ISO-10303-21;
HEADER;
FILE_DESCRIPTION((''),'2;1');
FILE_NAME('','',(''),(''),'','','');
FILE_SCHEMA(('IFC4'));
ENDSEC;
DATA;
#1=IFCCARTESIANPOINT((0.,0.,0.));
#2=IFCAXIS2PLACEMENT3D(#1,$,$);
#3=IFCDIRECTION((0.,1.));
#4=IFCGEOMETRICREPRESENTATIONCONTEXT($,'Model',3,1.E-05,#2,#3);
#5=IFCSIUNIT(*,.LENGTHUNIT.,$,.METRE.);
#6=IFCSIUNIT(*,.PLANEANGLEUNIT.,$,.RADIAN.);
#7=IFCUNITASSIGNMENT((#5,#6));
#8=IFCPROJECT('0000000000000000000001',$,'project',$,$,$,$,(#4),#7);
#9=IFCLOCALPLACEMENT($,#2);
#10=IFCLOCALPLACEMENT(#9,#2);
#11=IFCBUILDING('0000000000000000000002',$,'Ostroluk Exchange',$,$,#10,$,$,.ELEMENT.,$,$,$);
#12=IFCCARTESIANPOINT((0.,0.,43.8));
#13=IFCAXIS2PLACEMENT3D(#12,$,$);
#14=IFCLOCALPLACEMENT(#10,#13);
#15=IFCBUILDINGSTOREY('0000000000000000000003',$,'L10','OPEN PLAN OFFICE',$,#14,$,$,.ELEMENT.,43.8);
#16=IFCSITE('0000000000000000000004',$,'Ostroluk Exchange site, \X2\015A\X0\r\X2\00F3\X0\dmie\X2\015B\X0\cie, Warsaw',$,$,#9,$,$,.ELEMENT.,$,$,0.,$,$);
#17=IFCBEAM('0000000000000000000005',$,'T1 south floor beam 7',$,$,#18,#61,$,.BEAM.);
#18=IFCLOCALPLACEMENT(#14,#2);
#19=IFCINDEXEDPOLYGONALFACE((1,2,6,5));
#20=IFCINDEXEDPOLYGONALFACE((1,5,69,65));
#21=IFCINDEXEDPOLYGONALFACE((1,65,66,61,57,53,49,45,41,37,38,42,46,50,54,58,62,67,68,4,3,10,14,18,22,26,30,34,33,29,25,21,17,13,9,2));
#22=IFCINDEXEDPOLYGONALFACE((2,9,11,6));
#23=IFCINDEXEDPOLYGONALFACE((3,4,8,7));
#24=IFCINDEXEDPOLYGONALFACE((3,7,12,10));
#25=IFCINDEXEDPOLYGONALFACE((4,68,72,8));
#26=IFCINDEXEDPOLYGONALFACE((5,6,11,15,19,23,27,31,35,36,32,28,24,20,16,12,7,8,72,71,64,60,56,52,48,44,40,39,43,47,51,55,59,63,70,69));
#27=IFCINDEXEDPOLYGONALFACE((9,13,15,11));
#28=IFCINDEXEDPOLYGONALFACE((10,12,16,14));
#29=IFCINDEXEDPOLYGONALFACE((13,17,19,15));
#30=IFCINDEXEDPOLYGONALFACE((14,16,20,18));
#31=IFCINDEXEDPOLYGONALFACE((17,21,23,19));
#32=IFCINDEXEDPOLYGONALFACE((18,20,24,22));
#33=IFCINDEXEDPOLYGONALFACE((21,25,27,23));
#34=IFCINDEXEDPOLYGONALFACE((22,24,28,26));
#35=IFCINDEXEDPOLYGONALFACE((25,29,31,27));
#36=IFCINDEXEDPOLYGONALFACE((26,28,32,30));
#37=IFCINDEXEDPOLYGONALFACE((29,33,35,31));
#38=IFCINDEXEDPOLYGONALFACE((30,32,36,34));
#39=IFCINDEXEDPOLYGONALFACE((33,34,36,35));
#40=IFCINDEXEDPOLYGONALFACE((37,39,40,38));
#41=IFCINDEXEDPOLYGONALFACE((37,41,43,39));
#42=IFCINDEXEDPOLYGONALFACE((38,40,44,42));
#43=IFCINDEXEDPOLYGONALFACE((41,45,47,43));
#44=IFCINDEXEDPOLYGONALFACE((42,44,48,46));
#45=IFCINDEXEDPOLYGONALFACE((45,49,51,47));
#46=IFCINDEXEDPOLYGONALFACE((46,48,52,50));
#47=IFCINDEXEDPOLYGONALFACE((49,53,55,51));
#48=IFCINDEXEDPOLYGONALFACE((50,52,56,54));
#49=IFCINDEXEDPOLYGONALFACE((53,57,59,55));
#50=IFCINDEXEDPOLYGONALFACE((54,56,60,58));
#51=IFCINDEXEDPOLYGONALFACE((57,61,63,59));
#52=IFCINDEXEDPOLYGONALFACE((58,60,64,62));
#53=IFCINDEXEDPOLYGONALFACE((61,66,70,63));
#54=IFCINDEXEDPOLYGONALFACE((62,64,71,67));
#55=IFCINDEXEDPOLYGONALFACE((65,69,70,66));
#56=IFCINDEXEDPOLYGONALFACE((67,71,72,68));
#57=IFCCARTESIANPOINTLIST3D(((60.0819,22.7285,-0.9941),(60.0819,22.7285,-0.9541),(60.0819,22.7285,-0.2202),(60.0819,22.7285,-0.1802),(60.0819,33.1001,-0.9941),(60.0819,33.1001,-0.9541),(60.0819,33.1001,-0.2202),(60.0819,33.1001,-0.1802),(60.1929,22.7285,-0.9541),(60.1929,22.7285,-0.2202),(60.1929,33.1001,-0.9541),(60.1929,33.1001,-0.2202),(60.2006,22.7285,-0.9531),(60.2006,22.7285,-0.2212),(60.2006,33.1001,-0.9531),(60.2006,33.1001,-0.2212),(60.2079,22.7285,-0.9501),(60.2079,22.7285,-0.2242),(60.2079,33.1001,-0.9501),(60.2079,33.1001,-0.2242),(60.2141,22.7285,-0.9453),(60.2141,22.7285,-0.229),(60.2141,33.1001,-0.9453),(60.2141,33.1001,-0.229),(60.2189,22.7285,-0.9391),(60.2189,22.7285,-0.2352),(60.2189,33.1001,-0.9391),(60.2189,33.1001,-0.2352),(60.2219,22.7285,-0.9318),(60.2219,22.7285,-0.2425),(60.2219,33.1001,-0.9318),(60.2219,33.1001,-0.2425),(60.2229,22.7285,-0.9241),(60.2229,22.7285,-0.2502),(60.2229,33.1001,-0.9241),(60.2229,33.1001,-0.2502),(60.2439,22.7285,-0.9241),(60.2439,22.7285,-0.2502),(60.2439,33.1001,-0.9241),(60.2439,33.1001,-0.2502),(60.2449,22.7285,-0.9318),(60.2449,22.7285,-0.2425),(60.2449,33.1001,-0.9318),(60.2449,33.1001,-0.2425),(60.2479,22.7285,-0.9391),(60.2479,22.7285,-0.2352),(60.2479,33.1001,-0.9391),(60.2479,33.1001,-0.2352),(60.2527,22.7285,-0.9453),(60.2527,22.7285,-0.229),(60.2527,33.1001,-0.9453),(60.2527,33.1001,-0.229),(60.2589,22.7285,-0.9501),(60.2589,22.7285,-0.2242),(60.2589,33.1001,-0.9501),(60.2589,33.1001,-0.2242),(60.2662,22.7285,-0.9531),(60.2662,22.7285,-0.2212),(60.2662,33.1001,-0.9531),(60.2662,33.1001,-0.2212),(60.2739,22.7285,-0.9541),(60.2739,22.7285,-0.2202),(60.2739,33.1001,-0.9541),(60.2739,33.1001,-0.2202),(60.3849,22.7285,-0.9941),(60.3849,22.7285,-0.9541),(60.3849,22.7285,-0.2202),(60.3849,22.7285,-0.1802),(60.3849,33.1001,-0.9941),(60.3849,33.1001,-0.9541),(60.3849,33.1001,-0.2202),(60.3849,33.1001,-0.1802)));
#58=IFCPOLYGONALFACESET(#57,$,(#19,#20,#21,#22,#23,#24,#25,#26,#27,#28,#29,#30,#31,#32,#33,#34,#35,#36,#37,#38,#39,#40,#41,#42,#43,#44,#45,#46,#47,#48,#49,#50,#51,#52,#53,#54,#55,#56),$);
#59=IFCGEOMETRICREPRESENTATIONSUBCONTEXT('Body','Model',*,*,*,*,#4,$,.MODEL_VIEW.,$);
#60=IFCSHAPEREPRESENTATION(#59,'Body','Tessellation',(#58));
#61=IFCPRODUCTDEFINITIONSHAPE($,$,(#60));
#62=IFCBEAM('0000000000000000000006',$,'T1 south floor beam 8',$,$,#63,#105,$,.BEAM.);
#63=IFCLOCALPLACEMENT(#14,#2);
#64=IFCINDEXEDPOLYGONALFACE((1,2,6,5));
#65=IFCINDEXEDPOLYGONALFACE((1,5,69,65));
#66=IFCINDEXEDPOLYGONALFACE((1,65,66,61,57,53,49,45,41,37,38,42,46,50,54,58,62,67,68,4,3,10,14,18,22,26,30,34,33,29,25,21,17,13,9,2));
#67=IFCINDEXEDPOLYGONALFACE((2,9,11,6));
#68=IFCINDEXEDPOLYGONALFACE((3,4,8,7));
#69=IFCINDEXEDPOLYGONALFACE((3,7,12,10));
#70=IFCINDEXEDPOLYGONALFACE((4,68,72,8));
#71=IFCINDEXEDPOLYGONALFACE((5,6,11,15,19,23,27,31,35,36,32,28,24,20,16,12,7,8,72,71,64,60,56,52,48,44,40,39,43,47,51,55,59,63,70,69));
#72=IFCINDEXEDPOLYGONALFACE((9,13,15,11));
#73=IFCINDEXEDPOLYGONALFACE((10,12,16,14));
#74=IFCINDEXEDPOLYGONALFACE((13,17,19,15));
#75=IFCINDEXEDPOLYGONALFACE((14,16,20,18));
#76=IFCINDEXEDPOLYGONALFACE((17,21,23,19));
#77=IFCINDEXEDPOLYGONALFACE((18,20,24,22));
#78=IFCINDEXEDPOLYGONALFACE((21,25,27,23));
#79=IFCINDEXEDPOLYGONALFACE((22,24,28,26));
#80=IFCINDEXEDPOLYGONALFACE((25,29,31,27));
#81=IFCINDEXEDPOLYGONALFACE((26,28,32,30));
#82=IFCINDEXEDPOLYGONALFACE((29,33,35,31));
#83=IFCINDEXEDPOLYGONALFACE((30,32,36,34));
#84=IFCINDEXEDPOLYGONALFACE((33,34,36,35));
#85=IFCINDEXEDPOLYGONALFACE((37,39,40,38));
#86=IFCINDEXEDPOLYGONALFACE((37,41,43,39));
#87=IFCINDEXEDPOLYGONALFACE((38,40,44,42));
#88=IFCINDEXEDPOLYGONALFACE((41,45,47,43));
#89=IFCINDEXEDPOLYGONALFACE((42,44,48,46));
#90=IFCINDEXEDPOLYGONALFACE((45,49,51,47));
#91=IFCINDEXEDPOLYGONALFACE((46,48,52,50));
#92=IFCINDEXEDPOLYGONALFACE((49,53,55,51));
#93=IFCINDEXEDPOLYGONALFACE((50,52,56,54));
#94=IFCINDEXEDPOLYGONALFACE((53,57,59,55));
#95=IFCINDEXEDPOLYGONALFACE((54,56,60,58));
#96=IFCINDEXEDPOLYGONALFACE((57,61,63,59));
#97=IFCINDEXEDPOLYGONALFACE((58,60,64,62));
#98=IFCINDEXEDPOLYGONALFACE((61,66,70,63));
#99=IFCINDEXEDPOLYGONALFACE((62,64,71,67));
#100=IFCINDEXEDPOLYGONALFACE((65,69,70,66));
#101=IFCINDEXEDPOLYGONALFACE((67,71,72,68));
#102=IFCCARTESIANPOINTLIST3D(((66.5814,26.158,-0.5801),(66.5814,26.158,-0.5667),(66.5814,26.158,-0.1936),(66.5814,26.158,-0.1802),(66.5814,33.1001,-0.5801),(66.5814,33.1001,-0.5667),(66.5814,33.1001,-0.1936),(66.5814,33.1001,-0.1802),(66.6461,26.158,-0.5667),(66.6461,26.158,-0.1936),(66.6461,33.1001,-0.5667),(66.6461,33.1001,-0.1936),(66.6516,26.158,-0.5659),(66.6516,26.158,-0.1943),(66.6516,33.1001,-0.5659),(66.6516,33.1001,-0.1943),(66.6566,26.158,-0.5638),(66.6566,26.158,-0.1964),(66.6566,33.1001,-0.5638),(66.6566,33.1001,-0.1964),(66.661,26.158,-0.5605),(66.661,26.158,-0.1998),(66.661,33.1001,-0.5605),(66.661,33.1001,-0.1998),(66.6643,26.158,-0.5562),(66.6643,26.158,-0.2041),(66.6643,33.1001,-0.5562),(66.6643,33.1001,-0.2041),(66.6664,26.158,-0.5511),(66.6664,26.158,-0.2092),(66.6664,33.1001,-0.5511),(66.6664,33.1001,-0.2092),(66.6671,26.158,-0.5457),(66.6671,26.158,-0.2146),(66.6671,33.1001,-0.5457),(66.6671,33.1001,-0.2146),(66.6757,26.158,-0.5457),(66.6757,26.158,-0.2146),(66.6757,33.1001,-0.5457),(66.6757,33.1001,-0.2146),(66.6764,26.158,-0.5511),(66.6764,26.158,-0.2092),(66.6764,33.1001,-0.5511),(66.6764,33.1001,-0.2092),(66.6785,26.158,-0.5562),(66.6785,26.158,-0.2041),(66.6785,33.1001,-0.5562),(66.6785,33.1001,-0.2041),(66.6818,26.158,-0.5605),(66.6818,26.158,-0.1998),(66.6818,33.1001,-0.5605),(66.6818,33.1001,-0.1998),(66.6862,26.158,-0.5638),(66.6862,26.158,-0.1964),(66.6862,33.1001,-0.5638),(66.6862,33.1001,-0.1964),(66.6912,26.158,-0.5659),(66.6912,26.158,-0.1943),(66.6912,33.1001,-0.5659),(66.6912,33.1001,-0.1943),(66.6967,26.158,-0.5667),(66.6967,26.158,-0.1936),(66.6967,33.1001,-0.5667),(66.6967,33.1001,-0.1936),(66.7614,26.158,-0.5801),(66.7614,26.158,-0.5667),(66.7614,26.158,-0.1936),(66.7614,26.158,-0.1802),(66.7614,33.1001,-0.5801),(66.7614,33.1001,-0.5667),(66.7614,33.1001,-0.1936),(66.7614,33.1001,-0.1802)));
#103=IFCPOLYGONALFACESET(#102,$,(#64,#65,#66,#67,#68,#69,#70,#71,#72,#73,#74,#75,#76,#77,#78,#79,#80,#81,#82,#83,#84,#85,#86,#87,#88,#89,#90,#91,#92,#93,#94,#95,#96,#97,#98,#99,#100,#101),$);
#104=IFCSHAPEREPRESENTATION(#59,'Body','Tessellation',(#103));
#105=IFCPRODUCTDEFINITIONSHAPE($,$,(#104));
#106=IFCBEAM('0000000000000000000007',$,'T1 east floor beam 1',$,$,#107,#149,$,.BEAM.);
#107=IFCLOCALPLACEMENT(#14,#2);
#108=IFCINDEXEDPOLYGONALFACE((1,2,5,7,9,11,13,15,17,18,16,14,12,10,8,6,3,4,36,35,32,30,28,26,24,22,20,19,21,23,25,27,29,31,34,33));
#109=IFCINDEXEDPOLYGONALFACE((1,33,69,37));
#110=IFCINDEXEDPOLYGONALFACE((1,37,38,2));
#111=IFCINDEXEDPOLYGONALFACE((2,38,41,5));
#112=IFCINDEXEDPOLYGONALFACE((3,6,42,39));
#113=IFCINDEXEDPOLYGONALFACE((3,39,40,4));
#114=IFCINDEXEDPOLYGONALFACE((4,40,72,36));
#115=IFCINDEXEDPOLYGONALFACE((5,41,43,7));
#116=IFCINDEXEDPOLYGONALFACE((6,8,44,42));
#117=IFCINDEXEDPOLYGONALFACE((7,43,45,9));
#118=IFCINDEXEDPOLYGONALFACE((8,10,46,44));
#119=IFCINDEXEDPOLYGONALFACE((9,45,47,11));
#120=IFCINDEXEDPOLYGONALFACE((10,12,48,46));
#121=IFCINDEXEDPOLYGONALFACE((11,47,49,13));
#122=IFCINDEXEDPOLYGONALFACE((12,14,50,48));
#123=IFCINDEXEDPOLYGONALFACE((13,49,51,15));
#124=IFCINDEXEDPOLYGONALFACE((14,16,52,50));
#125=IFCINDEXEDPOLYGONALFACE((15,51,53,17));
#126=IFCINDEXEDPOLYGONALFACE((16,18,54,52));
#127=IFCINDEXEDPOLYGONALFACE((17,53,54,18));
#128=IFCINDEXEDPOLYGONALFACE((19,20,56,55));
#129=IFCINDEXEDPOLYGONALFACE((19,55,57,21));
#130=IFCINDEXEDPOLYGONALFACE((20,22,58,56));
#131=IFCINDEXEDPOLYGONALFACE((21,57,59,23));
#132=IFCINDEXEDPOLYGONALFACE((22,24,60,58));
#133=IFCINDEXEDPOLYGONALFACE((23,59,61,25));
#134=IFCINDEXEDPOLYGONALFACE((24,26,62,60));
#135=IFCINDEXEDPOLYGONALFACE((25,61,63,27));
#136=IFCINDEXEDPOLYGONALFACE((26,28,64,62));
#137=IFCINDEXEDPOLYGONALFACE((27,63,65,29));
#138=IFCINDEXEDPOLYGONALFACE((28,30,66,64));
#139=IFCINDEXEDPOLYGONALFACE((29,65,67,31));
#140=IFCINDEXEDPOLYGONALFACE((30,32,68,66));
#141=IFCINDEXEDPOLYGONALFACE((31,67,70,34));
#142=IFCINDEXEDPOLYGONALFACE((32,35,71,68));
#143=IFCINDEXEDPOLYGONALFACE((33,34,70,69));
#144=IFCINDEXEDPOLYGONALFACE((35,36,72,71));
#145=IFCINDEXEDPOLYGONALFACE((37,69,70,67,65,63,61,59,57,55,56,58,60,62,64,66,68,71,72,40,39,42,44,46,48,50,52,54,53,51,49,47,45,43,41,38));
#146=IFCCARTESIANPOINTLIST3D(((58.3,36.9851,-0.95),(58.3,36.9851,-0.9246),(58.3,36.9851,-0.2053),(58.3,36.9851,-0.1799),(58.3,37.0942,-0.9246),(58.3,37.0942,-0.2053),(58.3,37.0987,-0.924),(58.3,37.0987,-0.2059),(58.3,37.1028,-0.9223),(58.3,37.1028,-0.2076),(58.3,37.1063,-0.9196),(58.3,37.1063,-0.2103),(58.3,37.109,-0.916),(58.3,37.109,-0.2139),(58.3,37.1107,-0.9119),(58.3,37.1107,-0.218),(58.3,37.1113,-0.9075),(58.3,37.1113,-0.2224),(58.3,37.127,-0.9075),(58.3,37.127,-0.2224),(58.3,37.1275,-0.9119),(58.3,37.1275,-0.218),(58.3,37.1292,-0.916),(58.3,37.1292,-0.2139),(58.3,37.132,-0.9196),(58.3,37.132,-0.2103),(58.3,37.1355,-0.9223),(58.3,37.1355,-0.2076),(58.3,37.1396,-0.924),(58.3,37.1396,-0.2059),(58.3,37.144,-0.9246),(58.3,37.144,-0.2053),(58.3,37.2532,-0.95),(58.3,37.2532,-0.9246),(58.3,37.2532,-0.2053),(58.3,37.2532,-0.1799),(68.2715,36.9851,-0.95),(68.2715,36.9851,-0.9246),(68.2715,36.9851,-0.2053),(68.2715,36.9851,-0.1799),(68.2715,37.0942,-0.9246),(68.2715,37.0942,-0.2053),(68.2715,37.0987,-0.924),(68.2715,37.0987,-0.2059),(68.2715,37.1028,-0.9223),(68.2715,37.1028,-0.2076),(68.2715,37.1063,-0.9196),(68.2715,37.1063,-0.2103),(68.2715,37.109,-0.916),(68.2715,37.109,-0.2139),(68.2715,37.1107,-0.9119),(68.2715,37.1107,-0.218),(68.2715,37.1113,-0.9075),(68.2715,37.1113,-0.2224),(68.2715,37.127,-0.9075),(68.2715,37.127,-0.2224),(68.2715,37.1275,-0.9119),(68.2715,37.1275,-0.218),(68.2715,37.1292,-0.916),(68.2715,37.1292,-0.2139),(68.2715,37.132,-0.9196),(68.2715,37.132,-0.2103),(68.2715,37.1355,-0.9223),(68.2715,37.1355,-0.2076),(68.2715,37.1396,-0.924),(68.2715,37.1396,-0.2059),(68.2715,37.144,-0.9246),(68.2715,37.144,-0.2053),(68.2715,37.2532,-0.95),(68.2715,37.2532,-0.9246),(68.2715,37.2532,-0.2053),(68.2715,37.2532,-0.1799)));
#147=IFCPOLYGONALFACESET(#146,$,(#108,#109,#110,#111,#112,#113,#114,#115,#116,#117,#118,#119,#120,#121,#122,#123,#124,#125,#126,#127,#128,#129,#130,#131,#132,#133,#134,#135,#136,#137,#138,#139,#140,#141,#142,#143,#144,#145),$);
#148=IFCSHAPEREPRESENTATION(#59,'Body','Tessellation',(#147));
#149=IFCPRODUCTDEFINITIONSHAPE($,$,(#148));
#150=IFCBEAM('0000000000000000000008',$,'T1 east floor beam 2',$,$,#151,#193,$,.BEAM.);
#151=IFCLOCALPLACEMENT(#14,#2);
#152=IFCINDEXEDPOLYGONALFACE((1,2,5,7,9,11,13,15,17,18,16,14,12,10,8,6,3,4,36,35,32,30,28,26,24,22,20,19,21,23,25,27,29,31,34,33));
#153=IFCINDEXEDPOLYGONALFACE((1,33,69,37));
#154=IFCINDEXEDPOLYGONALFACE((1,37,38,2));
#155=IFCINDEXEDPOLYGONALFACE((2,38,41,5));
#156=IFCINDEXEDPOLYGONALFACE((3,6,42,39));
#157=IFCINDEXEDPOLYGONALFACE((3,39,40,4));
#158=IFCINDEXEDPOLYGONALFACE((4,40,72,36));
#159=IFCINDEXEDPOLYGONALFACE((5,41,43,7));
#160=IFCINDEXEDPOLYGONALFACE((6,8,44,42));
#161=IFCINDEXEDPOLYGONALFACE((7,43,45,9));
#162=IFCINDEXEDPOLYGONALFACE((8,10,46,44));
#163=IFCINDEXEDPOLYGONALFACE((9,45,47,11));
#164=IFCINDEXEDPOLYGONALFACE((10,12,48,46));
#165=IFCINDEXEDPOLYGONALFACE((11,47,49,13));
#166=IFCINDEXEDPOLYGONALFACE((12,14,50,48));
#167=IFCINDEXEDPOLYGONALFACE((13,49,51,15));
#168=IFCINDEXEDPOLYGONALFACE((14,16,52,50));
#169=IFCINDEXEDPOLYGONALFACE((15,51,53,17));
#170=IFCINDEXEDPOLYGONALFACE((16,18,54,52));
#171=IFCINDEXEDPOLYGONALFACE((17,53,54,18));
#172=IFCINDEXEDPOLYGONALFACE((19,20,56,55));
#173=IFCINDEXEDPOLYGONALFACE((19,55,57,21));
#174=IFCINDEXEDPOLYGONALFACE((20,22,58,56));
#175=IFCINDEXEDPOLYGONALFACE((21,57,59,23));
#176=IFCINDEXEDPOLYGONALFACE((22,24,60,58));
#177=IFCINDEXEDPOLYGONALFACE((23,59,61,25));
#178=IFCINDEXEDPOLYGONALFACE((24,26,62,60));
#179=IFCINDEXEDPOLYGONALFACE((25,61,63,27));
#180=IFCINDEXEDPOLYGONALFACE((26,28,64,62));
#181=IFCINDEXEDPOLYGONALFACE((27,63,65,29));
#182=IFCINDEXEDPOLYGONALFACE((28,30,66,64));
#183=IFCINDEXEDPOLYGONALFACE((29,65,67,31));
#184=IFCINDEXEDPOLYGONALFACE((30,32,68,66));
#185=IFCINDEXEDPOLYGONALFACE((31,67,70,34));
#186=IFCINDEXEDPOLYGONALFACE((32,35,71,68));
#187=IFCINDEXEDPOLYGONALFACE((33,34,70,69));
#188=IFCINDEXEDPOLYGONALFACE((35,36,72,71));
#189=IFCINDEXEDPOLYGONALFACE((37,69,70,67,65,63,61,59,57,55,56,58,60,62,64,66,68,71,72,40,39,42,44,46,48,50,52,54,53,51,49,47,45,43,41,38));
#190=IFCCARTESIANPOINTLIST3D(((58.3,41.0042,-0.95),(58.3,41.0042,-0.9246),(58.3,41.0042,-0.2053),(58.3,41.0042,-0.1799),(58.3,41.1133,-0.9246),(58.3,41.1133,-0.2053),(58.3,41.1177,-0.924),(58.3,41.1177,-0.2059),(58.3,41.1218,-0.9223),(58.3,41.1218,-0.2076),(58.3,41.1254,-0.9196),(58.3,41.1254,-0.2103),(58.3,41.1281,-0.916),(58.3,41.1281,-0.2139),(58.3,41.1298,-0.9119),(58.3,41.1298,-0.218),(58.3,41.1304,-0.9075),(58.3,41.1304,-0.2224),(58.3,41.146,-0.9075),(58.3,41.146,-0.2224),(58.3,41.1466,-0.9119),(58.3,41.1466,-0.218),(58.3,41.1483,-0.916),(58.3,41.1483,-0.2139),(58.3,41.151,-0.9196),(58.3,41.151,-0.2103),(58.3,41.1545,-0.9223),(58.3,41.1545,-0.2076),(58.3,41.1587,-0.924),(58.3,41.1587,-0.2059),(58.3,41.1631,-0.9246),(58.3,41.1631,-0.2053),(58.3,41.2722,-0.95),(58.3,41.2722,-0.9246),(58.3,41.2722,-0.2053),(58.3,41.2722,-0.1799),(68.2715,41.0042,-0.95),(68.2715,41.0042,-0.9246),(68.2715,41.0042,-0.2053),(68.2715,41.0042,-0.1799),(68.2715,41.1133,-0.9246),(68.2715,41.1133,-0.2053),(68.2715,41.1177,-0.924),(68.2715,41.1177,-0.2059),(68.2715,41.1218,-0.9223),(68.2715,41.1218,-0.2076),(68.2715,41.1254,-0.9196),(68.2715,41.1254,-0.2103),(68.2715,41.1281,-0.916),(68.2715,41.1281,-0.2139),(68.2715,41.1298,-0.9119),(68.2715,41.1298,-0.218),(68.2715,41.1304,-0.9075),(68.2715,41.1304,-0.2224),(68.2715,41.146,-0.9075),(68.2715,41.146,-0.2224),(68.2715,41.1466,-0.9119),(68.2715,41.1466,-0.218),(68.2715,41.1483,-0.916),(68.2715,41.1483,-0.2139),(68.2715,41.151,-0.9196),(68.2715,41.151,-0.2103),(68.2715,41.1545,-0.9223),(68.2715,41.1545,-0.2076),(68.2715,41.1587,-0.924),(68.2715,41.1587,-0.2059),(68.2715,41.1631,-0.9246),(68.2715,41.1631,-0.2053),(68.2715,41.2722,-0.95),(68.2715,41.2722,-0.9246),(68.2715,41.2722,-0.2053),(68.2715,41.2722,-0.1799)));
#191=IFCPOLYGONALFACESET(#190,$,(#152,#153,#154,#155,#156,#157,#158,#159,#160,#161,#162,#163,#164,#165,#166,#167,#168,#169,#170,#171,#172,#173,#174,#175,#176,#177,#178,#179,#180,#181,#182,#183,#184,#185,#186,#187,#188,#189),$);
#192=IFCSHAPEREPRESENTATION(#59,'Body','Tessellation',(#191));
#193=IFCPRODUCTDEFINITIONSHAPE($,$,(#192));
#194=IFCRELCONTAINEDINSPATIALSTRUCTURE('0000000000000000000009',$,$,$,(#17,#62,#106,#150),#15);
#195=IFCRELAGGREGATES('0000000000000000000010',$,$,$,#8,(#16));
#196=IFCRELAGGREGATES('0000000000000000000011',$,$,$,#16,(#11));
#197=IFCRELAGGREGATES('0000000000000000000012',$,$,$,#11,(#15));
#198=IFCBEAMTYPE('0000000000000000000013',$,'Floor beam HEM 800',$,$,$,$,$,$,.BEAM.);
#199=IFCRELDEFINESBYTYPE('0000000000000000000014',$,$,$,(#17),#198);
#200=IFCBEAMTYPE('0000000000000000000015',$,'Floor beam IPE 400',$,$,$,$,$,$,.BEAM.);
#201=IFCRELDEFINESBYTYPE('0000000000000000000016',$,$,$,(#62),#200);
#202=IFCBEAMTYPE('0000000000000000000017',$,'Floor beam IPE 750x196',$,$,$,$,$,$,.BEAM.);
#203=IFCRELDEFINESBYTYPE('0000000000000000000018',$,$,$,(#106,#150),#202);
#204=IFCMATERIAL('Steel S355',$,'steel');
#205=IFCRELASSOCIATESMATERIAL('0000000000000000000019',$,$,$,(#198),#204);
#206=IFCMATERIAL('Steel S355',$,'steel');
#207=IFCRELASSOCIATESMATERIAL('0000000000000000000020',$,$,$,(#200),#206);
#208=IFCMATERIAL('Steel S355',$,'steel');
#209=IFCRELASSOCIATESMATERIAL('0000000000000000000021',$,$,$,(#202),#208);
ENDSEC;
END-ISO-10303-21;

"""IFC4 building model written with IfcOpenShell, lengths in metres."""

from ifc_helpers import new_model, si_unit, direction, frame, origin, origin_2d, place, context, subcontext, project, spatial, i_section, extrude, material, material_profile, profile_set, type_object, element, save


model = new_model("IFC4")

# Units and contexts
model_context = context("Model", 3, precision=1e-05, world=origin(), true_north=direction((0.0, 1.0)))
body_context = subcontext(model_context, "Body", "Model", "MODEL_VIEW")
ifc_project = project(units=[si_unit("LENGTHUNIT", "METRE"), si_unit("PLANEANGLEUNIT", "RADIAN")], contexts=[model_context])

# Site, building, storey
site_placement = place(None, origin())
site = spatial("IfcSite", under=ifc_project, at=site_placement, Name="Ostroluk Exchange site, Śródmieście, Warsaw", CompositionType="ELEMENT", RefElevation=0.0)
building_placement = place(site_placement, origin())
building = spatial("IfcBuilding", under=site, at=building_placement, Name="Ostroluk Exchange", CompositionType="ELEMENT")
storey_placement = place(building_placement, frame((0.0, 0.0, 43.8)))
storey = spatial("IfcBuildingStorey", under=building, at=storey_placement, Name="L10", Description="OPEN PLAN OFFICE", CompositionType="ELEMENT", Elevation=43.8)

# Beams
ifc_material_1 = material(Name="Steel S355", Category="steel")
ifc_material_profile_1 = material_profile(ifc_material_1, i_section(OverallWidth=0.303, OverallDepth=0.814, WebThickness=0.021, FlangeThickness=0.04, FilletRadius=0.03, at=origin_2d()), Name="HEM 800")
ifc_profile_set_1 = profile_set([ifc_material_profile_1], Name="Steel S355")
beam_type_1 = type_object("IfcBeamType", Name="Floor beam HEM 800", PredefinedType="BEAM", material=ifc_profile_set_1)
beam_1_placement = place(storey_placement, frame((60.2334, 33.1001, -0.5872), z_axis=(0.0, -1.0, 0.0), x_axis=(1.0, 0.0, 0.0)))
element("IfcBeam", 1, at=beam_1_placement, inside=storey, type_object=beam_type_1, Name="T1 south floor beam 7", PredefinedType="BEAM", context=body_context, shape_type="SweptSolid", body=[
    extrude(i_section(OverallWidth=0.303, OverallDepth=0.814, WebThickness=0.021, FlangeThickness=0.04, FilletRadius=0.03, at=origin_2d()), origin(), (0.0, 0.0, 1.0), 10.3716),
])
ifc_material_2 = material(Name="Steel S355", Category="steel")
ifc_material_profile_2 = material_profile(ifc_material_2, i_section(OverallWidth=0.1799, OverallDepth=0.3999, WebThickness=0.0085, FlangeThickness=0.0134, FilletRadius=0.021, at=origin_2d()), Name="IPE 400")
ifc_profile_set_2 = profile_set([ifc_material_profile_2], Name="Steel S355")
beam_type_2 = type_object("IfcBeamType", Name="Floor beam IPE 400", PredefinedType="BEAM", material=ifc_profile_set_2)
beam_2_placement = place(storey_placement, frame((66.6714, 33.1001, -0.3801), z_axis=(0.0, -1.0, 0.0), x_axis=(1.0, 0.0, 0.0)))
element("IfcBeam", 2, at=beam_2_placement, inside=storey, type_object=beam_type_2, Name="T1 south floor beam 8", PredefinedType="BEAM", context=body_context, shape_type="SweptSolid", body=[
    extrude(i_section(OverallWidth=0.1799, OverallDepth=0.3999, WebThickness=0.0085, FlangeThickness=0.0134, FilletRadius=0.021, at=origin_2d()), origin(), (0.0, 0.0, 1.0), 6.9421),
])
ifc_material_3 = material(Name="Steel S355", Category="steel")
ifc_material_profile_3 = material_profile(ifc_material_3, i_section(OverallWidth=0.2681, OverallDepth=0.77, WebThickness=0.0156, FlangeThickness=0.0254, FilletRadius=0.0171, at=origin_2d()), Name="IPE 750x196")
ifc_profile_set_3 = profile_set([ifc_material_profile_3], Name="Steel S355")
beam_type_3 = type_object("IfcBeamType", Name="Floor beam IPE 750x196", PredefinedType="BEAM", material=ifc_profile_set_3)
for number, where, z_axis, x_axis, name in (
    (3, (58.3, 37.1191, -0.5649), (1.0, 0.0, 0.0), (0.0, 1.0, 0.0), "T1 east floor beam 1"),
    (4, (58.3, 41.1382, -0.5649), (1.0, 0.0, 0.0), (0.0, 1.0, 0.0), "T1 east floor beam 2"),
):
    element("IfcBeam", number, at=place(storey_placement, frame(where, z_axis=z_axis, x_axis=x_axis)), inside=storey, type_object=beam_type_3, Name=name, PredefinedType="BEAM", context=body_context, shape_type="SweptSolid", body=[
        extrude(i_section(OverallWidth=0.2681, OverallDepth=0.77, WebThickness=0.0156, FlangeThickness=0.0254, FilletRadius=0.0171, at=origin_2d()), origin(), (0.0, 0.0, 1.0), 9.9714),
    ])

save(model, "model.ifc")
